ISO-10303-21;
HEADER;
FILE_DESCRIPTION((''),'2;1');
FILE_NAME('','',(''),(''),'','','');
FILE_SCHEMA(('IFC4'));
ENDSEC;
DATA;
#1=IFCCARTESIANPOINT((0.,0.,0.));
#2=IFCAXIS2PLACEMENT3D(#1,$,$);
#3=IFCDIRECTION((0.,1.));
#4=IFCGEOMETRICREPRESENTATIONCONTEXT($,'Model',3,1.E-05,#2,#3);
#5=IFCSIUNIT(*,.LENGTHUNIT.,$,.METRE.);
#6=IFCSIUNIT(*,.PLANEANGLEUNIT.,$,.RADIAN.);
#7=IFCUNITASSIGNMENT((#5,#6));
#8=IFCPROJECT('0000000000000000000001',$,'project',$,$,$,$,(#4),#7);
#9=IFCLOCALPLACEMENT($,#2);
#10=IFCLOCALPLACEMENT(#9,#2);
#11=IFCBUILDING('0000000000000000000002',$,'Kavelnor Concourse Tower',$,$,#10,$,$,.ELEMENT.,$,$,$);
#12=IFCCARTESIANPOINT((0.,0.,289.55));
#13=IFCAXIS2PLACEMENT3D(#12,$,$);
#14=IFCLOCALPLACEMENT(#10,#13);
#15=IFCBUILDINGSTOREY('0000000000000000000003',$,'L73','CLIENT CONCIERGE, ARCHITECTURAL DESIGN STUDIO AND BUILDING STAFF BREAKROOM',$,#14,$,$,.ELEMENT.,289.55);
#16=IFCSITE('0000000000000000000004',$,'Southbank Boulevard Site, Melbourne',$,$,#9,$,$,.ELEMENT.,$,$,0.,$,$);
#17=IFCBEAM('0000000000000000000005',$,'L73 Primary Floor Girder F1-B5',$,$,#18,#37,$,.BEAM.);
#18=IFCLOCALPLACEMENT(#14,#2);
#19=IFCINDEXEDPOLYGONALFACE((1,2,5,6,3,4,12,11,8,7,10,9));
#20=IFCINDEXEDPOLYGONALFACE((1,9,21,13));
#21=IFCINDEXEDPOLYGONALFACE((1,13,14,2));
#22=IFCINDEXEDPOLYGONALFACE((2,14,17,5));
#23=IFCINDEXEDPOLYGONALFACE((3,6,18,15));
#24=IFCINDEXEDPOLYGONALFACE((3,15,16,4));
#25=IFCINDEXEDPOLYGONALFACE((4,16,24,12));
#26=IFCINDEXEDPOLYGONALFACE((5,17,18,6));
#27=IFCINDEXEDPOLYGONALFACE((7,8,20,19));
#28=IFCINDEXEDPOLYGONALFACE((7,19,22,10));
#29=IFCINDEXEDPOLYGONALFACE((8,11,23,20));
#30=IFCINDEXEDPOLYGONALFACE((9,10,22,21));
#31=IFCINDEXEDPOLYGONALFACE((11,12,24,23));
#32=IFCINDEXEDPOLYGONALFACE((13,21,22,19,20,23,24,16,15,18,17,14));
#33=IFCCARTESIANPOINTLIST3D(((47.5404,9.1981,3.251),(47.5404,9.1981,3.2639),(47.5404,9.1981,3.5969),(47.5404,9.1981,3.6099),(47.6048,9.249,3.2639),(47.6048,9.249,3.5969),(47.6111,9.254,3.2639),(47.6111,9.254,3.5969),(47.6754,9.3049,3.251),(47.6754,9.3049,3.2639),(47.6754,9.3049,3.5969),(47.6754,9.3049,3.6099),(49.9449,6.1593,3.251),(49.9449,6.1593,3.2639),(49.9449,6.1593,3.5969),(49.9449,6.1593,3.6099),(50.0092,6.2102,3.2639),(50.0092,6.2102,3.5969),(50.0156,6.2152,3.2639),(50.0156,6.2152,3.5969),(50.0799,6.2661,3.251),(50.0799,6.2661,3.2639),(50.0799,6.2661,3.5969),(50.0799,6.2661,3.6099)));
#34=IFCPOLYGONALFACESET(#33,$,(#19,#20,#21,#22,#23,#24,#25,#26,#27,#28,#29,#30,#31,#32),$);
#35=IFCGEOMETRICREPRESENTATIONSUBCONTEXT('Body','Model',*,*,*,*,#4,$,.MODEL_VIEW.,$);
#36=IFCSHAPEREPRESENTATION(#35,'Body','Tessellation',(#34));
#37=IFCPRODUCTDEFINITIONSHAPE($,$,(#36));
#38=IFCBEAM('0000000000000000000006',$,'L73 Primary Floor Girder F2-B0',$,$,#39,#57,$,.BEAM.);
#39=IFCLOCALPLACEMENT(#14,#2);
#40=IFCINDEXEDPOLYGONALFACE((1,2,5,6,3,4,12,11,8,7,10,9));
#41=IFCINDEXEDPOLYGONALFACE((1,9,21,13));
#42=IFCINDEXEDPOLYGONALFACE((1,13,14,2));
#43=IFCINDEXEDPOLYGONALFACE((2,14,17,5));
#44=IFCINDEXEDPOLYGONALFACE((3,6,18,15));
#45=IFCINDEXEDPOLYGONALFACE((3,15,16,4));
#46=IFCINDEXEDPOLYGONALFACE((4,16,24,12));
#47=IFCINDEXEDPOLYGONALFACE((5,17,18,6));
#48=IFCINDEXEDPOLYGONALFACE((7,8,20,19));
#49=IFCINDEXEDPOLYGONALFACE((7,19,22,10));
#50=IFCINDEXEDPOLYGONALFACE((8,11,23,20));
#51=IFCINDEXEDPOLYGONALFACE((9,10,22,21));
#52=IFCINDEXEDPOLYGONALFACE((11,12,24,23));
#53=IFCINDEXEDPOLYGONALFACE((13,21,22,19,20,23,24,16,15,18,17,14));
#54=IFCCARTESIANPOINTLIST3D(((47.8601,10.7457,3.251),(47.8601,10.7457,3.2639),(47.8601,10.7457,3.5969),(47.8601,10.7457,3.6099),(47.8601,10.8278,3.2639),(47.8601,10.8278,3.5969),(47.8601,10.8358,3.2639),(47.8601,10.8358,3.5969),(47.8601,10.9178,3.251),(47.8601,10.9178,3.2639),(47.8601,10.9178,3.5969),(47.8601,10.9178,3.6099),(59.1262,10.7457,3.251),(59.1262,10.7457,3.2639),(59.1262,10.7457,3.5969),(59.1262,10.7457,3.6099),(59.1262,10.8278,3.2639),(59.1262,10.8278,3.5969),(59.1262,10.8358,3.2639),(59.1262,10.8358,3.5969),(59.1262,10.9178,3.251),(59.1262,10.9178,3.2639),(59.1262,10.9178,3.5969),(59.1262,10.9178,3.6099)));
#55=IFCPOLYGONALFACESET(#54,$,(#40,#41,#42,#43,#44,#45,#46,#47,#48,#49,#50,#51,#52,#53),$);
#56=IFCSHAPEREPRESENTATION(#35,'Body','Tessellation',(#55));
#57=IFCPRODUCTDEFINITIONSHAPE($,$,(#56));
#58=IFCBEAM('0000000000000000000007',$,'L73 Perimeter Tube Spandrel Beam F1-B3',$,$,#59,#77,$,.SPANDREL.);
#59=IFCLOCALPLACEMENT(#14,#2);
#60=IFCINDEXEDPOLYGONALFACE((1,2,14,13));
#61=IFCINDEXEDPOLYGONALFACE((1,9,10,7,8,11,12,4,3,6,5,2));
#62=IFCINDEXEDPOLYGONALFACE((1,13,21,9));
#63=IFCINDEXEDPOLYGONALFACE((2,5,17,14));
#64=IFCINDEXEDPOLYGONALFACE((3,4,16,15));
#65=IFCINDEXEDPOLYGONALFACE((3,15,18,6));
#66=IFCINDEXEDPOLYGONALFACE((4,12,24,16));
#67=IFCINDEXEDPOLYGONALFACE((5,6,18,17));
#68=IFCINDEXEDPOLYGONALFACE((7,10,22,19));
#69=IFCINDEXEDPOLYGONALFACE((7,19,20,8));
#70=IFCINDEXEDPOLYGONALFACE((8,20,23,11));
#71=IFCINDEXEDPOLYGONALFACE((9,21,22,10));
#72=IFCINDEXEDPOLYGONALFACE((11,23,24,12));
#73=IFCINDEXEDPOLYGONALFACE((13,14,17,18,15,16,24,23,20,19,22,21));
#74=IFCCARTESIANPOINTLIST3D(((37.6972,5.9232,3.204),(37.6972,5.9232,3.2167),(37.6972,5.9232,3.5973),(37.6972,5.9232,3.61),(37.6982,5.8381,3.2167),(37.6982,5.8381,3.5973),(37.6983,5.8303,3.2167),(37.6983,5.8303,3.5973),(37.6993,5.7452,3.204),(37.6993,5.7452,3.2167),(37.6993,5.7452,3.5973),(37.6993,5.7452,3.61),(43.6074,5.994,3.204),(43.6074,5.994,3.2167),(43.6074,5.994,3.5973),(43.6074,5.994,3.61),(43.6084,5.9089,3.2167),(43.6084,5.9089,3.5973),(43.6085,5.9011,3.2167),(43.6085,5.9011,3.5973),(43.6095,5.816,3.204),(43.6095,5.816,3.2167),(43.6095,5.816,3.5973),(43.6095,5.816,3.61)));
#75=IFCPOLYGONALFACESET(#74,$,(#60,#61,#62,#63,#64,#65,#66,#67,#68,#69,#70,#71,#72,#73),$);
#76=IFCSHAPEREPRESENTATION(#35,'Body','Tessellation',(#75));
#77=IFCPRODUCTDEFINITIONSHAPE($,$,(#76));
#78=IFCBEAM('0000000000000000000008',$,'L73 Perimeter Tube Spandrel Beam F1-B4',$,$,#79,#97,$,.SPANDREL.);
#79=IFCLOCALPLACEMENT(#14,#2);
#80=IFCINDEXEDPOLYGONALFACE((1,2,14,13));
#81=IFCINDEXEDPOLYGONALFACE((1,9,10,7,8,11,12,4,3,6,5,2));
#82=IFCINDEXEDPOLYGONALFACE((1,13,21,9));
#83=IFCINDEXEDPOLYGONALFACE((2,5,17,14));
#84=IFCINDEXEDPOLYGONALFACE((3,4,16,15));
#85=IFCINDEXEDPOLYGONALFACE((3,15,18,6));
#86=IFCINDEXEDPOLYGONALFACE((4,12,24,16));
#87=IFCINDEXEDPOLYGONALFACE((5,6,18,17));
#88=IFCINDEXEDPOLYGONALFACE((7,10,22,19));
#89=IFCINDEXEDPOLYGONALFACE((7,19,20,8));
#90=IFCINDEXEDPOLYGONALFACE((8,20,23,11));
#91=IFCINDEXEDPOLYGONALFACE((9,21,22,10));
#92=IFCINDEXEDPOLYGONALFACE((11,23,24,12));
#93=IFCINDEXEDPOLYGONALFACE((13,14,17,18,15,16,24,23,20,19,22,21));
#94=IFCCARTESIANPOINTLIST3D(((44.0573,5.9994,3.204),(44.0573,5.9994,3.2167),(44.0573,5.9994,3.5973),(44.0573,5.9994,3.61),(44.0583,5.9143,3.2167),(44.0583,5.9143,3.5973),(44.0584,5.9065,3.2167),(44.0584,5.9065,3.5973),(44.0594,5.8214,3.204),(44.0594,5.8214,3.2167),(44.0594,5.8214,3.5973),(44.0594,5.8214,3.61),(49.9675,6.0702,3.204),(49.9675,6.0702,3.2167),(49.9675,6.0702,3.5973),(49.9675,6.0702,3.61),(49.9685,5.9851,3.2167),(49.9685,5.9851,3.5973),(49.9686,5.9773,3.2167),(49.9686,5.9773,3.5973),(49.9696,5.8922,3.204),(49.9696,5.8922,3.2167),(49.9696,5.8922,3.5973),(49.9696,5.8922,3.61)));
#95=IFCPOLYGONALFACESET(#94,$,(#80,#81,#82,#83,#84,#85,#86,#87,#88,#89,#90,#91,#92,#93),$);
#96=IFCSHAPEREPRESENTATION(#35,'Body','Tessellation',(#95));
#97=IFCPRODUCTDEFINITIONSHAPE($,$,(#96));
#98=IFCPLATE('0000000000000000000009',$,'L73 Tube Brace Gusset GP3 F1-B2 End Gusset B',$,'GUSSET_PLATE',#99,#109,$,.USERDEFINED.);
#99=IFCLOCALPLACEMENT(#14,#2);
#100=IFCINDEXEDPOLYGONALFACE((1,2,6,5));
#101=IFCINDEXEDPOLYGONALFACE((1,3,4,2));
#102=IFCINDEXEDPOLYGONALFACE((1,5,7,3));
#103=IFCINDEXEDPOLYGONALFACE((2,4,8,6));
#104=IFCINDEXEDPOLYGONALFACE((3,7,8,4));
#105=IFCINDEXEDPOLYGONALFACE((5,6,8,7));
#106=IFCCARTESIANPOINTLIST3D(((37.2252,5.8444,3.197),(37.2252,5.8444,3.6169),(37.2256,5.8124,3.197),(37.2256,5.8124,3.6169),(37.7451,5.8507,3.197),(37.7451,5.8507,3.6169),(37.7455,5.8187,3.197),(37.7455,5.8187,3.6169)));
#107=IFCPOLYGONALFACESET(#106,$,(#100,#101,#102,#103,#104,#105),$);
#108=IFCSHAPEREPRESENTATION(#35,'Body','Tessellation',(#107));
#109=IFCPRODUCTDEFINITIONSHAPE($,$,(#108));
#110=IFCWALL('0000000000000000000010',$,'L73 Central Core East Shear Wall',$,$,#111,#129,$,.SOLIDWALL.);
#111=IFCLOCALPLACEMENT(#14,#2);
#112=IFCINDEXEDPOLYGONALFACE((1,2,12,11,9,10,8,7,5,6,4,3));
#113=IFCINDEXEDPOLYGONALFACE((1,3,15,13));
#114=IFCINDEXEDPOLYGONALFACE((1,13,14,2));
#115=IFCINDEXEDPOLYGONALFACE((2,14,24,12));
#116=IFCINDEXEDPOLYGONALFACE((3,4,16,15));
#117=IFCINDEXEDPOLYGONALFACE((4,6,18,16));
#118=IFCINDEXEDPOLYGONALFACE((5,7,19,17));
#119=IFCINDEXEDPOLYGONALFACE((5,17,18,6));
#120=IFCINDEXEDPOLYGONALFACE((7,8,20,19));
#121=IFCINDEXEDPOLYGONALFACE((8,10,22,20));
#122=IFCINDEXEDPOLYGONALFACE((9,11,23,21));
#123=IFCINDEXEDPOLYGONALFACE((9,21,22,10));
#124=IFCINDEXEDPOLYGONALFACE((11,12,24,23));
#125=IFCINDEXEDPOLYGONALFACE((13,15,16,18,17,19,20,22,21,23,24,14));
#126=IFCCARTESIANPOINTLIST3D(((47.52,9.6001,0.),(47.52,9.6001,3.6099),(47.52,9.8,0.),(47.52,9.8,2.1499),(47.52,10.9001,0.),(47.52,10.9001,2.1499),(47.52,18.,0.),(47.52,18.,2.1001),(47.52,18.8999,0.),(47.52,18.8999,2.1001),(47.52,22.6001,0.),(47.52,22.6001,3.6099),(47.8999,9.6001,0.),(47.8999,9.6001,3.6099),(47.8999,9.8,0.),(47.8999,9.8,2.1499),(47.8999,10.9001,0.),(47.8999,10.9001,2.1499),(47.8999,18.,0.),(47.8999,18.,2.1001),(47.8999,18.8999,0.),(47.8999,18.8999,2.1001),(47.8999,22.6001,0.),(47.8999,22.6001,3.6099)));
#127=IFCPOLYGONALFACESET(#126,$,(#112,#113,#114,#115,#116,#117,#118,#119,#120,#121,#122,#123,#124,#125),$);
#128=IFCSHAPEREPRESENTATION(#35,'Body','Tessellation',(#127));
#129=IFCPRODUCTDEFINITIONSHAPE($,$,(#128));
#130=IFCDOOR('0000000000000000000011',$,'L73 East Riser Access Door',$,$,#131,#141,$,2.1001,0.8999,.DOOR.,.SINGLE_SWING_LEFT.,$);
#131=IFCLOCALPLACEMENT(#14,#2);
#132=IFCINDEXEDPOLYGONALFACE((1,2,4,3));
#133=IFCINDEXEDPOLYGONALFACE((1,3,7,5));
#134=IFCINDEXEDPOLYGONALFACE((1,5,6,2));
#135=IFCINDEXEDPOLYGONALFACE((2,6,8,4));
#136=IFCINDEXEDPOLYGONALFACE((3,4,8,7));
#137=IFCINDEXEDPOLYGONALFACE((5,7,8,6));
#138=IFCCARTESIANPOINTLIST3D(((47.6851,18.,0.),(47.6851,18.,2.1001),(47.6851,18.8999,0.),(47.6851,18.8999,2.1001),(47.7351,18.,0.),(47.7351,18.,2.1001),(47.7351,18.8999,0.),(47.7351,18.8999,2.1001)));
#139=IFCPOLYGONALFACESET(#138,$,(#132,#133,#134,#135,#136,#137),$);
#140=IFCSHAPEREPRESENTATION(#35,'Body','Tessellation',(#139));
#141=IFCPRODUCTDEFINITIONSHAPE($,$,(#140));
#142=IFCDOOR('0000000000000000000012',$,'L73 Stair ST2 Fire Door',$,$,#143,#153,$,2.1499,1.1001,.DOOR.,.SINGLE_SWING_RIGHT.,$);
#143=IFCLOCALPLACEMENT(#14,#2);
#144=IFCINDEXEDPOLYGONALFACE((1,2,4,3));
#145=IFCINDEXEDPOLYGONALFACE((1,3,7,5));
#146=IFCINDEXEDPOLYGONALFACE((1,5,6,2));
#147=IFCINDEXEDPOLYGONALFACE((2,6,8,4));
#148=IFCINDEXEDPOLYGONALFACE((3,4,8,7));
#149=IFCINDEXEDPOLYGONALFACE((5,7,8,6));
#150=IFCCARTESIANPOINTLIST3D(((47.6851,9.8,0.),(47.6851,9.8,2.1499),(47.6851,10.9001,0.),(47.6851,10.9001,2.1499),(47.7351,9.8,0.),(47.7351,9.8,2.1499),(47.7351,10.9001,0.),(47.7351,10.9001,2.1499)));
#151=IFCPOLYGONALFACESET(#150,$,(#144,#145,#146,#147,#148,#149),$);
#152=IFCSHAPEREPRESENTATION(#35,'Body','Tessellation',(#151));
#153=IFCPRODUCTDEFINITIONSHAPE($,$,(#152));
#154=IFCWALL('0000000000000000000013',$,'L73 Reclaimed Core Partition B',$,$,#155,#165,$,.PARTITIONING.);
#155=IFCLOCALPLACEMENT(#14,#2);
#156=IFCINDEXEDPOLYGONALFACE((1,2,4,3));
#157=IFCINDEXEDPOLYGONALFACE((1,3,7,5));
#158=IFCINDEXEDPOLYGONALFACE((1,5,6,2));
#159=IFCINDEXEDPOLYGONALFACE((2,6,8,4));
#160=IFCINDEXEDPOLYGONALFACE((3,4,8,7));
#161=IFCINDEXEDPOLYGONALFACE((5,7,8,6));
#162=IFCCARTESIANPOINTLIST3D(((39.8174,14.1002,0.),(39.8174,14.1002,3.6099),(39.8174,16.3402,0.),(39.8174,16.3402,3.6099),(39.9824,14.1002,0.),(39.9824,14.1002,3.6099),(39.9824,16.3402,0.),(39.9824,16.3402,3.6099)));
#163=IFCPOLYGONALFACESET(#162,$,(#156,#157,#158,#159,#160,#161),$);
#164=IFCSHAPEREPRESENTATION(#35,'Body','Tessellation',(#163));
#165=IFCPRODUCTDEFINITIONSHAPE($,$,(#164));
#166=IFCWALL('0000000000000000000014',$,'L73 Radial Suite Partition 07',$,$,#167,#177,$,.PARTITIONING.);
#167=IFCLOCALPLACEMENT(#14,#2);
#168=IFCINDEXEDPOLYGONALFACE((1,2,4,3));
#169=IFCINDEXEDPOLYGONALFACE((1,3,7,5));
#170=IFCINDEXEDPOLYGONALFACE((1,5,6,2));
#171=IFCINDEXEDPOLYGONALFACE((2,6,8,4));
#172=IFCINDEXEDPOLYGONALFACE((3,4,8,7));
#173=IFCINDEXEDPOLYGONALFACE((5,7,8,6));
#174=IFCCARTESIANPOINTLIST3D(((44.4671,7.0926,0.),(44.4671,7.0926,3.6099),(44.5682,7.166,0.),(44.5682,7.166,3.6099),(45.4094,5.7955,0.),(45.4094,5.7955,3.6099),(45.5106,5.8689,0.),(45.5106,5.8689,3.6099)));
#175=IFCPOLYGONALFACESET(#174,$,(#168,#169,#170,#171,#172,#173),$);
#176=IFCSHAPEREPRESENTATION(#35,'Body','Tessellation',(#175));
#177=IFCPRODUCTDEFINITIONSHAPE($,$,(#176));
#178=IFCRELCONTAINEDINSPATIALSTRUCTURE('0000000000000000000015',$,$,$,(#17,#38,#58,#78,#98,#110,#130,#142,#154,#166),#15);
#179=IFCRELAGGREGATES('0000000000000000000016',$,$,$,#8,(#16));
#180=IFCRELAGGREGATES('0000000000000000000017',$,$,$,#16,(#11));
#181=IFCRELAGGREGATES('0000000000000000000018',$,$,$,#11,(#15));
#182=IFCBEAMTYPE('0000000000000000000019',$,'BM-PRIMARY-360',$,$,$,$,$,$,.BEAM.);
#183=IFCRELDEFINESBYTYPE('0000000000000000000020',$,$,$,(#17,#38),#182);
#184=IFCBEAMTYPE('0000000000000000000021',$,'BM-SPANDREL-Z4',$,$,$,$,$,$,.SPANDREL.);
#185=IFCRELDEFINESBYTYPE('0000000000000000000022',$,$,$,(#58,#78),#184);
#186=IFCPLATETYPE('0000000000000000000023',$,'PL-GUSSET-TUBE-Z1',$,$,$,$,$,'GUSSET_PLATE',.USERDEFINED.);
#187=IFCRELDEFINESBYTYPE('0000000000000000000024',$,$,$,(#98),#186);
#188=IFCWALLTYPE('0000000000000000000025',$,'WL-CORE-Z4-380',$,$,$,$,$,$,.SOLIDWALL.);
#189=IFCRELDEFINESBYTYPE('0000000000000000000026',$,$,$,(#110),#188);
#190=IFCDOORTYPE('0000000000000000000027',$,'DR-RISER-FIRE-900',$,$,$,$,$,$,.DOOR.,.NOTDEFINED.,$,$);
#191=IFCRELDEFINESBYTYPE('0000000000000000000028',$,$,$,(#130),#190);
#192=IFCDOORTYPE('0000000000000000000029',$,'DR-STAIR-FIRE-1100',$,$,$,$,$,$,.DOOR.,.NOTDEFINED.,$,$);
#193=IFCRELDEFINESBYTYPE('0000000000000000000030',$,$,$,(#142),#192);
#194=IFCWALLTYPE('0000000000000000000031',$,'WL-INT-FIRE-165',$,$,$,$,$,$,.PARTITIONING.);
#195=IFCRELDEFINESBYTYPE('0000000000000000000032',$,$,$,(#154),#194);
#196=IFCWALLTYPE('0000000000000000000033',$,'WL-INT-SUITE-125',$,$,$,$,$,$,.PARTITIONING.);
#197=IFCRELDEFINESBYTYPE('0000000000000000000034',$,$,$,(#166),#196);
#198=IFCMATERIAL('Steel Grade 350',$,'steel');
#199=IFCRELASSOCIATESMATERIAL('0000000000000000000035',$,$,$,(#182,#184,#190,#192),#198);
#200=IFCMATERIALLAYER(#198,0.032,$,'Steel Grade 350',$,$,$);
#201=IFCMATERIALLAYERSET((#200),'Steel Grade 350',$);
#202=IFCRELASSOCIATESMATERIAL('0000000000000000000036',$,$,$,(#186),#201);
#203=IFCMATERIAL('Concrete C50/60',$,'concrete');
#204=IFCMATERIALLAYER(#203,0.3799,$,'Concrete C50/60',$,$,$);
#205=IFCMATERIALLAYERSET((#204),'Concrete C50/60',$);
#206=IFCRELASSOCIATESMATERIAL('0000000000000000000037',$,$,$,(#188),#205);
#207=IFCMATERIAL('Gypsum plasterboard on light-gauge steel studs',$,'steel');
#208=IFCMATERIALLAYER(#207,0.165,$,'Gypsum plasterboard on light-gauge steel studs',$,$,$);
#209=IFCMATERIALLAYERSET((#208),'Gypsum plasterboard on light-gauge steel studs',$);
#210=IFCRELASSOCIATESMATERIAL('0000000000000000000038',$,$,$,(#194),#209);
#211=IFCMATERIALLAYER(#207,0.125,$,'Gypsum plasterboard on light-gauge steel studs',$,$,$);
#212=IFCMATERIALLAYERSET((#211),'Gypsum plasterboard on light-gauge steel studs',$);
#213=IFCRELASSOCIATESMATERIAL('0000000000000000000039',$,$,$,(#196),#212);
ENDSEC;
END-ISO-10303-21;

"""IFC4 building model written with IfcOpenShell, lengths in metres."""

from ifc_helpers import new_model, si_unit, direction, frame, frame_2d, origin, origin_2d, place, context, subcontext, project, spatial, rectangle, i_section, extrude, material, layer, layer_set, material_profile, profile_set, type_object, element, fill, save


model = new_model("IFC4")

# Units and contexts
model_context = context("Model", 3, precision=1e-05, world=origin(), true_north=direction((0.0, 1.0)))
body_context = subcontext(model_context, "Body", "Model", "MODEL_VIEW")
ifc_project = project(units=[si_unit("LENGTHUNIT", "METRE"), si_unit("PLANEANGLEUNIT", "RADIAN")], contexts=[model_context])

# Site, building, storey
site_placement = place(None, origin())
site = spatial("IfcSite", under=ifc_project, at=site_placement, Name="Southbank Boulevard Site, Melbourne", CompositionType="ELEMENT", RefElevation=0.0)
building_placement = place(site_placement, origin())
building = spatial("IfcBuilding", under=site, at=building_placement, Name="Kavelnor Concourse Tower", CompositionType="ELEMENT")
storey_placement = place(building_placement, frame((0.0, 0.0, 289.55)))
storey = spatial("IfcBuildingStorey", under=building, at=storey_placement, Name="L73", Description="CLIENT CONCIERGE, ARCHITECTURAL DESIGN STUDIO AND BUILDING STAFF BREAKROOM", CompositionType="ELEMENT", Elevation=289.55)

# Shared definitions
ifc_material_1 = material(Name="Steel Grade 350", Category="steel")

# Beams
ifc_material_profile_1 = material_profile(ifc_material_1, i_section(OverallWidth=0.1721, OverallDepth=0.3589, WebThickness=0.0081, FlangeThickness=0.0129, at=origin_2d()), Name="360UB56")
ifc_profile_set_1 = profile_set([ifc_material_profile_1], Name="Steel Grade 350")
beam_type_1 = type_object("IfcBeamType", Name="BM-PRIMARY-360", PredefinedType="BEAM", material=ifc_profile_set_1)
beam_1_placement = place(storey_placement, frame((47.6079, 9.2515, 3.4304), z_axis=(0.620514, -0.784195, 0.0), x_axis=(0.784195, 0.620514, 0.0)))
element("IfcBeam", 1, at=beam_1_placement, inside=storey, type_object=beam_type_1, Name="L73 Primary Floor Girder F1-B5", PredefinedType="BEAM", context=body_context, shape_type="SweptSolid", body=[
    extrude(i_section(OverallWidth=0.1721, OverallDepth=0.3589, WebThickness=0.0081, FlangeThickness=0.0129, at=origin_2d()), origin(), (0.0, 0.0, 1.0), 3.875),
])
beam_2_placement = place(storey_placement, frame((47.8601, 10.8318, 3.4304), z_axis=(1.0, 0.0, 0.0), x_axis=(0.0, 1.0, 0.0)))
element("IfcBeam", 2, at=beam_2_placement, inside=storey, type_object=beam_type_1, Name="L73 Primary Floor Girder F2-B0", PredefinedType="BEAM", context=body_context, shape_type="SweptSolid", body=[
    extrude(i_section(OverallWidth=0.1721, OverallDepth=0.3589, WebThickness=0.0081, FlangeThickness=0.0129, at=origin_2d()), origin(), (0.0, 0.0, 1.0), 11.2661),
])
ifc_material_profile_2 = material_profile(ifc_material_1, i_section(OverallWidth=0.178, OverallDepth=0.406, WebThickness=0.0078, FlangeThickness=0.0127, at=origin_2d()), Name="410UB59")
ifc_profile_set_2 = profile_set([ifc_material_profile_2], Name="Steel Grade 350")
beam_type_2 = type_object("IfcBeamType", Name="BM-SPANDREL-Z4", PredefinedType="SPANDREL", material=ifc_profile_set_2)
for number, where, z_axis, x_axis, name in (
    (3, (37.6982, 5.8342, 3.407), (0.999928, 0.011979, 0.0), (-0.011979, 0.999928, 0.0), "L73 Perimeter Tube Spandrel Beam F1-B3"),
    (4, (44.0583, 5.9104, 3.407), (0.999928, 0.011979, 0.0), (-0.011979, 0.999928, 0.0), "L73 Perimeter Tube Spandrel Beam F1-B4"),
):
    element("IfcBeam", number, at=place(storey_placement, frame(where, z_axis=z_axis, x_axis=x_axis)), inside=storey, type_object=beam_type_2, Name=name, PredefinedType="SPANDREL", context=body_context, shape_type="SweptSolid", body=[
        extrude(i_section(OverallWidth=0.178, OverallDepth=0.406, WebThickness=0.0078, FlangeThickness=0.0127, at=origin_2d()), origin(), (0.0, 0.0, 1.0), 5.9106),
    ])

# Plate
ifc_layer_1 = layer(ifc_material_1, 0.032, Name="Steel Grade 350")
ifc_layer_set_1 = layer_set([ifc_layer_1], Name="Steel Grade 350")
plate_type = type_object("IfcPlateType", Name="PL-GUSSET-TUBE-Z1", ElementType="GUSSET_PLATE", PredefinedType="USERDEFINED", material=ifc_layer_set_1)
plate_placement = place(storey_placement, frame((37.4854, 5.8315, 3.197), z_axis=(0.0, 0.0, 1.0), x_axis=(0.999927, 0.012042, 0.0)))
element("IfcPlate", 5, at=plate_placement, inside=storey, type_object=plate_type, Name="L73 Tube Brace Gusset GP3 F1-B2 End Gusset B", ObjectType="GUSSET_PLATE", PredefinedType="USERDEFINED", context=body_context, shape_type="SweptSolid", body=[
    extrude(rectangle(XDim=0.52, YDim=0.032, at=origin_2d()), origin(), (0.0, 0.0, 1.0), 0.4199),
])

# Wall, openings, doors
ifc_material_2 = material(Name="Concrete C50/60", Category="concrete")
ifc_layer_2 = layer(ifc_material_2, 0.3799, Name="Concrete C50/60")
ifc_layer_set_2 = layer_set([ifc_layer_2], Name="Concrete C50/60")
wall_type_1 = type_object("IfcWallType", Name="WL-CORE-Z4-380", PredefinedType="SOLIDWALL", material=ifc_layer_set_2)
wall_1_placement = place(storey_placement, frame((47.71, 9.6001, 0.0), z_axis=(0.0, 0.0, 1.0), x_axis=(0.0, 1.0, 0.0)))
wall_1 = element("IfcWall", 6, at=wall_1_placement, inside=storey, type_object=wall_type_1, Name="L73 Central Core East Shear Wall", PredefinedType="SOLIDWALL", context=body_context, shape_type="SweptSolid", body=[
    extrude(rectangle(XDim=13.0, YDim=0.3799, at=frame_2d((6.5, 0.0))), origin(), (0.0, 0.0, 1.0), 3.6099),
])
opening_1_placement = place(wall_1_placement, frame((0.2, 0.0, 0.0)))
opening_1 = element("IfcOpeningElement", 7, at=opening_1_placement, cuts=wall_1, PredefinedType="OPENING", context=body_context, shape_type="SweptSolid", body=[
    extrude(rectangle(XDim=1.1001, YDim=2.1499, at=frame_2d((0.55, 1.075))), frame((0.0, 0.2, 0.0), z_axis=(0.0, -1.0, 0.0), x_axis=(1.0, 0.0, 0.0)), (0.0, 0.0, 1.0), 0.3999),
])
opening_2_placement = place(wall_1_placement, frame((8.3999, 0.0, 0.0)))
opening_2 = element("IfcOpeningElement", 8, at=opening_2_placement, cuts=wall_1, PredefinedType="OPENING", context=body_context, shape_type="SweptSolid", body=[
    extrude(rectangle(XDim=0.8999, YDim=2.1001, at=frame_2d((0.45, 1.05))), frame((0.0, 0.2, 0.0), z_axis=(0.0, -1.0, 0.0), x_axis=(1.0, 0.0, 0.0)), (0.0, 0.0, 1.0), 0.3999),
])
door_type_1 = type_object("IfcDoorType", Name="DR-RISER-FIRE-900", OperationType="NOTDEFINED", PredefinedType="DOOR", material=ifc_material_1)
door_1_placement = place(opening_2_placement, origin())
door_1 = element("IfcDoor", 9, at=door_1_placement, inside=storey, type_object=door_type_1, Name="L73 East Riser Access Door", OperationType="SINGLE_SWING_LEFT", OverallHeight=2.1001, OverallWidth=0.8999, PredefinedType="DOOR", context=body_context, shape_type="SweptSolid", body=[
    extrude(rectangle(XDim=0.8999, YDim=2.1001, at=frame_2d((0.45, 1.05))), frame((0.0, 0.0249, 0.0), z_axis=(0.0, -1.0, 0.0), x_axis=(1.0, 0.0, 0.0)), (0.0, 0.0, 1.0), 0.05),
])
fill(opening_2, door_1)
door_type_2 = type_object("IfcDoorType", Name="DR-STAIR-FIRE-1100", OperationType="NOTDEFINED", PredefinedType="DOOR", material=ifc_material_1)
door_2_placement = place(opening_1_placement, origin())
door_2 = element("IfcDoor", 10, at=door_2_placement, inside=storey, type_object=door_type_2, Name="L73 Stair ST2 Fire Door", OperationType="SINGLE_SWING_RIGHT", OverallHeight=2.1499, OverallWidth=1.1001, PredefinedType="DOOR", context=body_context, shape_type="SweptSolid", body=[
    extrude(rectangle(XDim=1.1001, YDim=2.1499, at=frame_2d((0.55, 1.075))), frame((0.0, 0.0249, 0.0), z_axis=(0.0, -1.0, 0.0), x_axis=(1.0, 0.0, 0.0)), (0.0, 0.0, 1.0), 0.05),
])
fill(opening_1, door_2)

# Walls
ifc_material_3 = material(Name="Gypsum plasterboard on light-gauge steel studs", Category="steel")
ifc_layer_3 = layer(ifc_material_3, 0.165, Name="Gypsum plasterboard on light-gauge steel studs")
ifc_layer_set_3 = layer_set([ifc_layer_3], Name="Gypsum plasterboard on light-gauge steel studs")
wall_type_2 = type_object("IfcWallType", Name="WL-INT-FIRE-165", PredefinedType="PARTITIONING", material=ifc_layer_set_3)
wall_2_placement = place(storey_placement, frame((39.8999, 14.1001, 0.0), z_axis=(0.0, 0.0, 1.0), x_axis=(0.0, 1.0, 0.0)))
element("IfcWall", 11, at=wall_2_placement, inside=storey, type_object=wall_type_2, Name="L73 Reclaimed Core Partition B", PredefinedType="PARTITIONING", context=body_context, shape_type="SweptSolid", body=[
    extrude(rectangle(XDim=2.24, YDim=0.165, at=frame_2d((1.1201, 0.0))), origin(), (0.0, 0.0, 1.0), 3.6099),
])
ifc_layer_4 = layer(ifc_material_3, 0.125, Name="Gypsum plasterboard on light-gauge steel studs")
ifc_layer_set_4 = layer_set([ifc_layer_4], Name="Gypsum plasterboard on light-gauge steel studs")
wall_type_3 = type_object("IfcWallType", Name="WL-INT-SUITE-125", PredefinedType="PARTITIONING", material=ifc_layer_set_4)
wall_3_placement = place(storey_placement, frame((44.5176, 7.1294, 0.0), z_axis=(0.0, 0.0, 1.0), x_axis=(0.587773, -0.809026, 0.0)))
element("IfcWall", 12, at=wall_3_placement, inside=storey, type_object=wall_type_3, Name="L73 Radial Suite Partition 07", PredefinedType="PARTITIONING", context=body_context, shape_type="SweptSolid", body=[
    extrude(rectangle(XDim=1.6033, YDim=0.125, at=frame_2d((0.8018, 0.0))), origin(), (0.0, 0.0, 1.0), 3.6099),
])

save(model, "model.ifc")
